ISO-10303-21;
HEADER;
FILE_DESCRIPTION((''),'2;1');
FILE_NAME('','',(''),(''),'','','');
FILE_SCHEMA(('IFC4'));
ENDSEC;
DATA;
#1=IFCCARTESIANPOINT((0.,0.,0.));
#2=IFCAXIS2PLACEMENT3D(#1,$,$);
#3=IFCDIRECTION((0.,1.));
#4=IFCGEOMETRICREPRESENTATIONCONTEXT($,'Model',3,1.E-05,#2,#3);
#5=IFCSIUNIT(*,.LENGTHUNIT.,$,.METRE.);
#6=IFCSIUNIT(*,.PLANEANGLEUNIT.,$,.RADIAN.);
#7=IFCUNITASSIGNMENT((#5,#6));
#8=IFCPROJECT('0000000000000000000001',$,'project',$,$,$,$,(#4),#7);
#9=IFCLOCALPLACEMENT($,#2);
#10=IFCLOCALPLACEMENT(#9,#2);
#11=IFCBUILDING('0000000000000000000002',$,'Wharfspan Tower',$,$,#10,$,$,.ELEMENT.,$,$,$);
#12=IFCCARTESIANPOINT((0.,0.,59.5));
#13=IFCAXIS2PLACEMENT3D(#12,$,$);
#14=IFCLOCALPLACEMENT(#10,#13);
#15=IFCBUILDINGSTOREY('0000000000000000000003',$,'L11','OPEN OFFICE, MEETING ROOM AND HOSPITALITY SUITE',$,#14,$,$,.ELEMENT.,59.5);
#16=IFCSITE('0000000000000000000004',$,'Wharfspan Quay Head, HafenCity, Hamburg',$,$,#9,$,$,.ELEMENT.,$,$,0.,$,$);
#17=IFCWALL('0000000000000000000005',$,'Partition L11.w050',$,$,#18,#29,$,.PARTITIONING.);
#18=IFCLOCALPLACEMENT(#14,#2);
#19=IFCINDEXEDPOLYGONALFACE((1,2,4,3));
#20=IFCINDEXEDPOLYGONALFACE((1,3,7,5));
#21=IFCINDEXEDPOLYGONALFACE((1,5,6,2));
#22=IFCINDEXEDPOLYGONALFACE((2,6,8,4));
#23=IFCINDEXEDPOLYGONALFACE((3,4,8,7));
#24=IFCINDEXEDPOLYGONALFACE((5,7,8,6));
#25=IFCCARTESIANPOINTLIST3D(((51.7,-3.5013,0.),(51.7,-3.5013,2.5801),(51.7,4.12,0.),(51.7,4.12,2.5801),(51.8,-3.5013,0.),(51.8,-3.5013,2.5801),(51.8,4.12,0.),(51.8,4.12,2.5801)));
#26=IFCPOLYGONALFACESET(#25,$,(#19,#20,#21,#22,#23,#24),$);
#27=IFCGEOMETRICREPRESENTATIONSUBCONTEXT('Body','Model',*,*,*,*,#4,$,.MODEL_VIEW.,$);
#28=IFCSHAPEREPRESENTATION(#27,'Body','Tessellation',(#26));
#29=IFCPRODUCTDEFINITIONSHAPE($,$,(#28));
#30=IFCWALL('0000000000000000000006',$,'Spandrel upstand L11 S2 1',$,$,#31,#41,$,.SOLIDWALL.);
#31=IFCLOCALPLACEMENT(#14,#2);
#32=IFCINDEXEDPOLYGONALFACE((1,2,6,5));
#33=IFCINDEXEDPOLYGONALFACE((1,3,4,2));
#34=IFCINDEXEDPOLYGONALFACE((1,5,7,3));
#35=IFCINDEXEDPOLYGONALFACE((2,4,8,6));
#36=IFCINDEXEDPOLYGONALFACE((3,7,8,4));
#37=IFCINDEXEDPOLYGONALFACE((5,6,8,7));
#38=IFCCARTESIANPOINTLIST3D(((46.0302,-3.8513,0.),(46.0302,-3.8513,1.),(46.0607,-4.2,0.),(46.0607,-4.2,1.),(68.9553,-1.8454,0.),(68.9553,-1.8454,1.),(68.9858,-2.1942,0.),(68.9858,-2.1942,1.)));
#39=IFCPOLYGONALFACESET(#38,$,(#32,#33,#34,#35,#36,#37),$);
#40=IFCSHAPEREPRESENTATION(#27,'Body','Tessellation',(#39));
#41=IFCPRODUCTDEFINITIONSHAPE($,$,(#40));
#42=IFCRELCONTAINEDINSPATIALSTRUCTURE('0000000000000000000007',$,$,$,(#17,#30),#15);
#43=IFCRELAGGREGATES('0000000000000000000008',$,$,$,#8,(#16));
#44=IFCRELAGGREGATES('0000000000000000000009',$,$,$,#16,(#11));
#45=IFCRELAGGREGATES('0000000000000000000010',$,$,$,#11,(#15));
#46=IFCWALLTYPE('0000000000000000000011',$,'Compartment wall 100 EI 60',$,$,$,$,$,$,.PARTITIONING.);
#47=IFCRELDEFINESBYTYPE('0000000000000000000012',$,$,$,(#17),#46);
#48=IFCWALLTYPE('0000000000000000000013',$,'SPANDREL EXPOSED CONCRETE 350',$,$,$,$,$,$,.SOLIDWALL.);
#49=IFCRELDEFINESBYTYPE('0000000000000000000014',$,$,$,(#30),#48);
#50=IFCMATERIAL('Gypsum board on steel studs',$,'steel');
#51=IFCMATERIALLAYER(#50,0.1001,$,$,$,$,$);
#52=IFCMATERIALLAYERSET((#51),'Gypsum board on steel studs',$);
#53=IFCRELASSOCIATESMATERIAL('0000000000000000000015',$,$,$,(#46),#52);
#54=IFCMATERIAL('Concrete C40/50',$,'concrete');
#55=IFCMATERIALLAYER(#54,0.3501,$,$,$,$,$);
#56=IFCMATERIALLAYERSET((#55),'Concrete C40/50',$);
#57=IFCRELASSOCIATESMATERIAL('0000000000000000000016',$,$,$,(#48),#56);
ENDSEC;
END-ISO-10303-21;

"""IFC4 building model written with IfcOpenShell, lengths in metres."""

from ifc_helpers import new_model, si_unit, direction, frame, frame_2d, origin, place, context, subcontext, project, spatial, rectangle, extrude, material, layer, layer_set, type_object, element, save


model = new_model("IFC4")

# Units and contexts
model_context = context("Model", 3, precision=1e-05, world=origin(), true_north=direction((0.0, 1.0)))
body_context = subcontext(model_context, "Body", "Model", "MODEL_VIEW")
ifc_project = project(units=[si_unit("LENGTHUNIT", "METRE"), si_unit("PLANEANGLEUNIT", "RADIAN")], contexts=[model_context])

# Site, building, storey
site_placement = place(None, origin())
site = spatial("IfcSite", under=ifc_project, at=site_placement, Name="Wharfspan Quay Head, HafenCity, Hamburg", CompositionType="ELEMENT", RefElevation=0.0)
building_placement = place(site_placement, origin())
building = spatial("IfcBuilding", under=site, at=building_placement, Name="Wharfspan Tower", CompositionType="ELEMENT")
storey_placement = place(building_placement, frame((0.0, 0.0, 59.5)))
storey = spatial("IfcBuildingStorey", under=building, at=storey_placement, Name="L11", Description="OPEN OFFICE, MEETING ROOM AND HOSPITALITY SUITE", CompositionType="ELEMENT", Elevation=59.5)

# Walls
ifc_material_1 = material(Name="Gypsum board on steel studs", Category="steel")
ifc_layer_1 = layer(ifc_material_1, 0.1001)
ifc_layer_set_1 = layer_set([ifc_layer_1], Name="Gypsum board on steel studs")
wall_type_1 = type_object("IfcWallType", Name="Compartment wall 100 EI 60", PredefinedType="PARTITIONING", material=ifc_layer_set_1)
wall_1_placement = place(storey_placement, frame((51.75, -3.5012, 0.0), z_axis=(0.0, 0.0, 1.0), x_axis=(0.0, 1.0, 0.0)))
element("IfcWall", 1, at=wall_1_placement, inside=storey, type_object=wall_type_1, Name="Partition L11.w050", PredefinedType="PARTITIONING", context=body_context, shape_type="SweptSolid", body=[
    extrude(rectangle(XDim=7.6213, YDim=0.1001, at=frame_2d((3.8105, 0.0))), origin(), (0.0, 0.0, 1.0), 2.5801),
])
ifc_material_2 = material(Name="Concrete C40/50", Category="concrete")
ifc_layer_2 = layer(ifc_material_2, 0.3501)
ifc_layer_set_2 = layer_set([ifc_layer_2], Name="Concrete C40/50")
wall_type_2 = type_object("IfcWallType", Name="SPANDREL EXPOSED CONCRETE 350", PredefinedType="SOLIDWALL", material=ifc_layer_set_2)
wall_2_placement = place(storey_placement, frame((46.0454, -4.0256, 0.0), z_axis=(0.0, 0.0, 1.0), x_axis=(0.99619, 0.087163, 0.0)))
element("IfcWall", 2, at=wall_2_placement, inside=storey, type_object=wall_type_2, Name="Spandrel upstand L11 S2 1", PredefinedType="SOLIDWALL", context=body_context, shape_type="SweptSolid", body=[
    extrude(rectangle(XDim=23.0127, YDim=0.3501, at=frame_2d((11.5063, 0.0))), origin(), (0.0, 0.0, 1.0), 1.0),
])

save(model, "model.ifc")
